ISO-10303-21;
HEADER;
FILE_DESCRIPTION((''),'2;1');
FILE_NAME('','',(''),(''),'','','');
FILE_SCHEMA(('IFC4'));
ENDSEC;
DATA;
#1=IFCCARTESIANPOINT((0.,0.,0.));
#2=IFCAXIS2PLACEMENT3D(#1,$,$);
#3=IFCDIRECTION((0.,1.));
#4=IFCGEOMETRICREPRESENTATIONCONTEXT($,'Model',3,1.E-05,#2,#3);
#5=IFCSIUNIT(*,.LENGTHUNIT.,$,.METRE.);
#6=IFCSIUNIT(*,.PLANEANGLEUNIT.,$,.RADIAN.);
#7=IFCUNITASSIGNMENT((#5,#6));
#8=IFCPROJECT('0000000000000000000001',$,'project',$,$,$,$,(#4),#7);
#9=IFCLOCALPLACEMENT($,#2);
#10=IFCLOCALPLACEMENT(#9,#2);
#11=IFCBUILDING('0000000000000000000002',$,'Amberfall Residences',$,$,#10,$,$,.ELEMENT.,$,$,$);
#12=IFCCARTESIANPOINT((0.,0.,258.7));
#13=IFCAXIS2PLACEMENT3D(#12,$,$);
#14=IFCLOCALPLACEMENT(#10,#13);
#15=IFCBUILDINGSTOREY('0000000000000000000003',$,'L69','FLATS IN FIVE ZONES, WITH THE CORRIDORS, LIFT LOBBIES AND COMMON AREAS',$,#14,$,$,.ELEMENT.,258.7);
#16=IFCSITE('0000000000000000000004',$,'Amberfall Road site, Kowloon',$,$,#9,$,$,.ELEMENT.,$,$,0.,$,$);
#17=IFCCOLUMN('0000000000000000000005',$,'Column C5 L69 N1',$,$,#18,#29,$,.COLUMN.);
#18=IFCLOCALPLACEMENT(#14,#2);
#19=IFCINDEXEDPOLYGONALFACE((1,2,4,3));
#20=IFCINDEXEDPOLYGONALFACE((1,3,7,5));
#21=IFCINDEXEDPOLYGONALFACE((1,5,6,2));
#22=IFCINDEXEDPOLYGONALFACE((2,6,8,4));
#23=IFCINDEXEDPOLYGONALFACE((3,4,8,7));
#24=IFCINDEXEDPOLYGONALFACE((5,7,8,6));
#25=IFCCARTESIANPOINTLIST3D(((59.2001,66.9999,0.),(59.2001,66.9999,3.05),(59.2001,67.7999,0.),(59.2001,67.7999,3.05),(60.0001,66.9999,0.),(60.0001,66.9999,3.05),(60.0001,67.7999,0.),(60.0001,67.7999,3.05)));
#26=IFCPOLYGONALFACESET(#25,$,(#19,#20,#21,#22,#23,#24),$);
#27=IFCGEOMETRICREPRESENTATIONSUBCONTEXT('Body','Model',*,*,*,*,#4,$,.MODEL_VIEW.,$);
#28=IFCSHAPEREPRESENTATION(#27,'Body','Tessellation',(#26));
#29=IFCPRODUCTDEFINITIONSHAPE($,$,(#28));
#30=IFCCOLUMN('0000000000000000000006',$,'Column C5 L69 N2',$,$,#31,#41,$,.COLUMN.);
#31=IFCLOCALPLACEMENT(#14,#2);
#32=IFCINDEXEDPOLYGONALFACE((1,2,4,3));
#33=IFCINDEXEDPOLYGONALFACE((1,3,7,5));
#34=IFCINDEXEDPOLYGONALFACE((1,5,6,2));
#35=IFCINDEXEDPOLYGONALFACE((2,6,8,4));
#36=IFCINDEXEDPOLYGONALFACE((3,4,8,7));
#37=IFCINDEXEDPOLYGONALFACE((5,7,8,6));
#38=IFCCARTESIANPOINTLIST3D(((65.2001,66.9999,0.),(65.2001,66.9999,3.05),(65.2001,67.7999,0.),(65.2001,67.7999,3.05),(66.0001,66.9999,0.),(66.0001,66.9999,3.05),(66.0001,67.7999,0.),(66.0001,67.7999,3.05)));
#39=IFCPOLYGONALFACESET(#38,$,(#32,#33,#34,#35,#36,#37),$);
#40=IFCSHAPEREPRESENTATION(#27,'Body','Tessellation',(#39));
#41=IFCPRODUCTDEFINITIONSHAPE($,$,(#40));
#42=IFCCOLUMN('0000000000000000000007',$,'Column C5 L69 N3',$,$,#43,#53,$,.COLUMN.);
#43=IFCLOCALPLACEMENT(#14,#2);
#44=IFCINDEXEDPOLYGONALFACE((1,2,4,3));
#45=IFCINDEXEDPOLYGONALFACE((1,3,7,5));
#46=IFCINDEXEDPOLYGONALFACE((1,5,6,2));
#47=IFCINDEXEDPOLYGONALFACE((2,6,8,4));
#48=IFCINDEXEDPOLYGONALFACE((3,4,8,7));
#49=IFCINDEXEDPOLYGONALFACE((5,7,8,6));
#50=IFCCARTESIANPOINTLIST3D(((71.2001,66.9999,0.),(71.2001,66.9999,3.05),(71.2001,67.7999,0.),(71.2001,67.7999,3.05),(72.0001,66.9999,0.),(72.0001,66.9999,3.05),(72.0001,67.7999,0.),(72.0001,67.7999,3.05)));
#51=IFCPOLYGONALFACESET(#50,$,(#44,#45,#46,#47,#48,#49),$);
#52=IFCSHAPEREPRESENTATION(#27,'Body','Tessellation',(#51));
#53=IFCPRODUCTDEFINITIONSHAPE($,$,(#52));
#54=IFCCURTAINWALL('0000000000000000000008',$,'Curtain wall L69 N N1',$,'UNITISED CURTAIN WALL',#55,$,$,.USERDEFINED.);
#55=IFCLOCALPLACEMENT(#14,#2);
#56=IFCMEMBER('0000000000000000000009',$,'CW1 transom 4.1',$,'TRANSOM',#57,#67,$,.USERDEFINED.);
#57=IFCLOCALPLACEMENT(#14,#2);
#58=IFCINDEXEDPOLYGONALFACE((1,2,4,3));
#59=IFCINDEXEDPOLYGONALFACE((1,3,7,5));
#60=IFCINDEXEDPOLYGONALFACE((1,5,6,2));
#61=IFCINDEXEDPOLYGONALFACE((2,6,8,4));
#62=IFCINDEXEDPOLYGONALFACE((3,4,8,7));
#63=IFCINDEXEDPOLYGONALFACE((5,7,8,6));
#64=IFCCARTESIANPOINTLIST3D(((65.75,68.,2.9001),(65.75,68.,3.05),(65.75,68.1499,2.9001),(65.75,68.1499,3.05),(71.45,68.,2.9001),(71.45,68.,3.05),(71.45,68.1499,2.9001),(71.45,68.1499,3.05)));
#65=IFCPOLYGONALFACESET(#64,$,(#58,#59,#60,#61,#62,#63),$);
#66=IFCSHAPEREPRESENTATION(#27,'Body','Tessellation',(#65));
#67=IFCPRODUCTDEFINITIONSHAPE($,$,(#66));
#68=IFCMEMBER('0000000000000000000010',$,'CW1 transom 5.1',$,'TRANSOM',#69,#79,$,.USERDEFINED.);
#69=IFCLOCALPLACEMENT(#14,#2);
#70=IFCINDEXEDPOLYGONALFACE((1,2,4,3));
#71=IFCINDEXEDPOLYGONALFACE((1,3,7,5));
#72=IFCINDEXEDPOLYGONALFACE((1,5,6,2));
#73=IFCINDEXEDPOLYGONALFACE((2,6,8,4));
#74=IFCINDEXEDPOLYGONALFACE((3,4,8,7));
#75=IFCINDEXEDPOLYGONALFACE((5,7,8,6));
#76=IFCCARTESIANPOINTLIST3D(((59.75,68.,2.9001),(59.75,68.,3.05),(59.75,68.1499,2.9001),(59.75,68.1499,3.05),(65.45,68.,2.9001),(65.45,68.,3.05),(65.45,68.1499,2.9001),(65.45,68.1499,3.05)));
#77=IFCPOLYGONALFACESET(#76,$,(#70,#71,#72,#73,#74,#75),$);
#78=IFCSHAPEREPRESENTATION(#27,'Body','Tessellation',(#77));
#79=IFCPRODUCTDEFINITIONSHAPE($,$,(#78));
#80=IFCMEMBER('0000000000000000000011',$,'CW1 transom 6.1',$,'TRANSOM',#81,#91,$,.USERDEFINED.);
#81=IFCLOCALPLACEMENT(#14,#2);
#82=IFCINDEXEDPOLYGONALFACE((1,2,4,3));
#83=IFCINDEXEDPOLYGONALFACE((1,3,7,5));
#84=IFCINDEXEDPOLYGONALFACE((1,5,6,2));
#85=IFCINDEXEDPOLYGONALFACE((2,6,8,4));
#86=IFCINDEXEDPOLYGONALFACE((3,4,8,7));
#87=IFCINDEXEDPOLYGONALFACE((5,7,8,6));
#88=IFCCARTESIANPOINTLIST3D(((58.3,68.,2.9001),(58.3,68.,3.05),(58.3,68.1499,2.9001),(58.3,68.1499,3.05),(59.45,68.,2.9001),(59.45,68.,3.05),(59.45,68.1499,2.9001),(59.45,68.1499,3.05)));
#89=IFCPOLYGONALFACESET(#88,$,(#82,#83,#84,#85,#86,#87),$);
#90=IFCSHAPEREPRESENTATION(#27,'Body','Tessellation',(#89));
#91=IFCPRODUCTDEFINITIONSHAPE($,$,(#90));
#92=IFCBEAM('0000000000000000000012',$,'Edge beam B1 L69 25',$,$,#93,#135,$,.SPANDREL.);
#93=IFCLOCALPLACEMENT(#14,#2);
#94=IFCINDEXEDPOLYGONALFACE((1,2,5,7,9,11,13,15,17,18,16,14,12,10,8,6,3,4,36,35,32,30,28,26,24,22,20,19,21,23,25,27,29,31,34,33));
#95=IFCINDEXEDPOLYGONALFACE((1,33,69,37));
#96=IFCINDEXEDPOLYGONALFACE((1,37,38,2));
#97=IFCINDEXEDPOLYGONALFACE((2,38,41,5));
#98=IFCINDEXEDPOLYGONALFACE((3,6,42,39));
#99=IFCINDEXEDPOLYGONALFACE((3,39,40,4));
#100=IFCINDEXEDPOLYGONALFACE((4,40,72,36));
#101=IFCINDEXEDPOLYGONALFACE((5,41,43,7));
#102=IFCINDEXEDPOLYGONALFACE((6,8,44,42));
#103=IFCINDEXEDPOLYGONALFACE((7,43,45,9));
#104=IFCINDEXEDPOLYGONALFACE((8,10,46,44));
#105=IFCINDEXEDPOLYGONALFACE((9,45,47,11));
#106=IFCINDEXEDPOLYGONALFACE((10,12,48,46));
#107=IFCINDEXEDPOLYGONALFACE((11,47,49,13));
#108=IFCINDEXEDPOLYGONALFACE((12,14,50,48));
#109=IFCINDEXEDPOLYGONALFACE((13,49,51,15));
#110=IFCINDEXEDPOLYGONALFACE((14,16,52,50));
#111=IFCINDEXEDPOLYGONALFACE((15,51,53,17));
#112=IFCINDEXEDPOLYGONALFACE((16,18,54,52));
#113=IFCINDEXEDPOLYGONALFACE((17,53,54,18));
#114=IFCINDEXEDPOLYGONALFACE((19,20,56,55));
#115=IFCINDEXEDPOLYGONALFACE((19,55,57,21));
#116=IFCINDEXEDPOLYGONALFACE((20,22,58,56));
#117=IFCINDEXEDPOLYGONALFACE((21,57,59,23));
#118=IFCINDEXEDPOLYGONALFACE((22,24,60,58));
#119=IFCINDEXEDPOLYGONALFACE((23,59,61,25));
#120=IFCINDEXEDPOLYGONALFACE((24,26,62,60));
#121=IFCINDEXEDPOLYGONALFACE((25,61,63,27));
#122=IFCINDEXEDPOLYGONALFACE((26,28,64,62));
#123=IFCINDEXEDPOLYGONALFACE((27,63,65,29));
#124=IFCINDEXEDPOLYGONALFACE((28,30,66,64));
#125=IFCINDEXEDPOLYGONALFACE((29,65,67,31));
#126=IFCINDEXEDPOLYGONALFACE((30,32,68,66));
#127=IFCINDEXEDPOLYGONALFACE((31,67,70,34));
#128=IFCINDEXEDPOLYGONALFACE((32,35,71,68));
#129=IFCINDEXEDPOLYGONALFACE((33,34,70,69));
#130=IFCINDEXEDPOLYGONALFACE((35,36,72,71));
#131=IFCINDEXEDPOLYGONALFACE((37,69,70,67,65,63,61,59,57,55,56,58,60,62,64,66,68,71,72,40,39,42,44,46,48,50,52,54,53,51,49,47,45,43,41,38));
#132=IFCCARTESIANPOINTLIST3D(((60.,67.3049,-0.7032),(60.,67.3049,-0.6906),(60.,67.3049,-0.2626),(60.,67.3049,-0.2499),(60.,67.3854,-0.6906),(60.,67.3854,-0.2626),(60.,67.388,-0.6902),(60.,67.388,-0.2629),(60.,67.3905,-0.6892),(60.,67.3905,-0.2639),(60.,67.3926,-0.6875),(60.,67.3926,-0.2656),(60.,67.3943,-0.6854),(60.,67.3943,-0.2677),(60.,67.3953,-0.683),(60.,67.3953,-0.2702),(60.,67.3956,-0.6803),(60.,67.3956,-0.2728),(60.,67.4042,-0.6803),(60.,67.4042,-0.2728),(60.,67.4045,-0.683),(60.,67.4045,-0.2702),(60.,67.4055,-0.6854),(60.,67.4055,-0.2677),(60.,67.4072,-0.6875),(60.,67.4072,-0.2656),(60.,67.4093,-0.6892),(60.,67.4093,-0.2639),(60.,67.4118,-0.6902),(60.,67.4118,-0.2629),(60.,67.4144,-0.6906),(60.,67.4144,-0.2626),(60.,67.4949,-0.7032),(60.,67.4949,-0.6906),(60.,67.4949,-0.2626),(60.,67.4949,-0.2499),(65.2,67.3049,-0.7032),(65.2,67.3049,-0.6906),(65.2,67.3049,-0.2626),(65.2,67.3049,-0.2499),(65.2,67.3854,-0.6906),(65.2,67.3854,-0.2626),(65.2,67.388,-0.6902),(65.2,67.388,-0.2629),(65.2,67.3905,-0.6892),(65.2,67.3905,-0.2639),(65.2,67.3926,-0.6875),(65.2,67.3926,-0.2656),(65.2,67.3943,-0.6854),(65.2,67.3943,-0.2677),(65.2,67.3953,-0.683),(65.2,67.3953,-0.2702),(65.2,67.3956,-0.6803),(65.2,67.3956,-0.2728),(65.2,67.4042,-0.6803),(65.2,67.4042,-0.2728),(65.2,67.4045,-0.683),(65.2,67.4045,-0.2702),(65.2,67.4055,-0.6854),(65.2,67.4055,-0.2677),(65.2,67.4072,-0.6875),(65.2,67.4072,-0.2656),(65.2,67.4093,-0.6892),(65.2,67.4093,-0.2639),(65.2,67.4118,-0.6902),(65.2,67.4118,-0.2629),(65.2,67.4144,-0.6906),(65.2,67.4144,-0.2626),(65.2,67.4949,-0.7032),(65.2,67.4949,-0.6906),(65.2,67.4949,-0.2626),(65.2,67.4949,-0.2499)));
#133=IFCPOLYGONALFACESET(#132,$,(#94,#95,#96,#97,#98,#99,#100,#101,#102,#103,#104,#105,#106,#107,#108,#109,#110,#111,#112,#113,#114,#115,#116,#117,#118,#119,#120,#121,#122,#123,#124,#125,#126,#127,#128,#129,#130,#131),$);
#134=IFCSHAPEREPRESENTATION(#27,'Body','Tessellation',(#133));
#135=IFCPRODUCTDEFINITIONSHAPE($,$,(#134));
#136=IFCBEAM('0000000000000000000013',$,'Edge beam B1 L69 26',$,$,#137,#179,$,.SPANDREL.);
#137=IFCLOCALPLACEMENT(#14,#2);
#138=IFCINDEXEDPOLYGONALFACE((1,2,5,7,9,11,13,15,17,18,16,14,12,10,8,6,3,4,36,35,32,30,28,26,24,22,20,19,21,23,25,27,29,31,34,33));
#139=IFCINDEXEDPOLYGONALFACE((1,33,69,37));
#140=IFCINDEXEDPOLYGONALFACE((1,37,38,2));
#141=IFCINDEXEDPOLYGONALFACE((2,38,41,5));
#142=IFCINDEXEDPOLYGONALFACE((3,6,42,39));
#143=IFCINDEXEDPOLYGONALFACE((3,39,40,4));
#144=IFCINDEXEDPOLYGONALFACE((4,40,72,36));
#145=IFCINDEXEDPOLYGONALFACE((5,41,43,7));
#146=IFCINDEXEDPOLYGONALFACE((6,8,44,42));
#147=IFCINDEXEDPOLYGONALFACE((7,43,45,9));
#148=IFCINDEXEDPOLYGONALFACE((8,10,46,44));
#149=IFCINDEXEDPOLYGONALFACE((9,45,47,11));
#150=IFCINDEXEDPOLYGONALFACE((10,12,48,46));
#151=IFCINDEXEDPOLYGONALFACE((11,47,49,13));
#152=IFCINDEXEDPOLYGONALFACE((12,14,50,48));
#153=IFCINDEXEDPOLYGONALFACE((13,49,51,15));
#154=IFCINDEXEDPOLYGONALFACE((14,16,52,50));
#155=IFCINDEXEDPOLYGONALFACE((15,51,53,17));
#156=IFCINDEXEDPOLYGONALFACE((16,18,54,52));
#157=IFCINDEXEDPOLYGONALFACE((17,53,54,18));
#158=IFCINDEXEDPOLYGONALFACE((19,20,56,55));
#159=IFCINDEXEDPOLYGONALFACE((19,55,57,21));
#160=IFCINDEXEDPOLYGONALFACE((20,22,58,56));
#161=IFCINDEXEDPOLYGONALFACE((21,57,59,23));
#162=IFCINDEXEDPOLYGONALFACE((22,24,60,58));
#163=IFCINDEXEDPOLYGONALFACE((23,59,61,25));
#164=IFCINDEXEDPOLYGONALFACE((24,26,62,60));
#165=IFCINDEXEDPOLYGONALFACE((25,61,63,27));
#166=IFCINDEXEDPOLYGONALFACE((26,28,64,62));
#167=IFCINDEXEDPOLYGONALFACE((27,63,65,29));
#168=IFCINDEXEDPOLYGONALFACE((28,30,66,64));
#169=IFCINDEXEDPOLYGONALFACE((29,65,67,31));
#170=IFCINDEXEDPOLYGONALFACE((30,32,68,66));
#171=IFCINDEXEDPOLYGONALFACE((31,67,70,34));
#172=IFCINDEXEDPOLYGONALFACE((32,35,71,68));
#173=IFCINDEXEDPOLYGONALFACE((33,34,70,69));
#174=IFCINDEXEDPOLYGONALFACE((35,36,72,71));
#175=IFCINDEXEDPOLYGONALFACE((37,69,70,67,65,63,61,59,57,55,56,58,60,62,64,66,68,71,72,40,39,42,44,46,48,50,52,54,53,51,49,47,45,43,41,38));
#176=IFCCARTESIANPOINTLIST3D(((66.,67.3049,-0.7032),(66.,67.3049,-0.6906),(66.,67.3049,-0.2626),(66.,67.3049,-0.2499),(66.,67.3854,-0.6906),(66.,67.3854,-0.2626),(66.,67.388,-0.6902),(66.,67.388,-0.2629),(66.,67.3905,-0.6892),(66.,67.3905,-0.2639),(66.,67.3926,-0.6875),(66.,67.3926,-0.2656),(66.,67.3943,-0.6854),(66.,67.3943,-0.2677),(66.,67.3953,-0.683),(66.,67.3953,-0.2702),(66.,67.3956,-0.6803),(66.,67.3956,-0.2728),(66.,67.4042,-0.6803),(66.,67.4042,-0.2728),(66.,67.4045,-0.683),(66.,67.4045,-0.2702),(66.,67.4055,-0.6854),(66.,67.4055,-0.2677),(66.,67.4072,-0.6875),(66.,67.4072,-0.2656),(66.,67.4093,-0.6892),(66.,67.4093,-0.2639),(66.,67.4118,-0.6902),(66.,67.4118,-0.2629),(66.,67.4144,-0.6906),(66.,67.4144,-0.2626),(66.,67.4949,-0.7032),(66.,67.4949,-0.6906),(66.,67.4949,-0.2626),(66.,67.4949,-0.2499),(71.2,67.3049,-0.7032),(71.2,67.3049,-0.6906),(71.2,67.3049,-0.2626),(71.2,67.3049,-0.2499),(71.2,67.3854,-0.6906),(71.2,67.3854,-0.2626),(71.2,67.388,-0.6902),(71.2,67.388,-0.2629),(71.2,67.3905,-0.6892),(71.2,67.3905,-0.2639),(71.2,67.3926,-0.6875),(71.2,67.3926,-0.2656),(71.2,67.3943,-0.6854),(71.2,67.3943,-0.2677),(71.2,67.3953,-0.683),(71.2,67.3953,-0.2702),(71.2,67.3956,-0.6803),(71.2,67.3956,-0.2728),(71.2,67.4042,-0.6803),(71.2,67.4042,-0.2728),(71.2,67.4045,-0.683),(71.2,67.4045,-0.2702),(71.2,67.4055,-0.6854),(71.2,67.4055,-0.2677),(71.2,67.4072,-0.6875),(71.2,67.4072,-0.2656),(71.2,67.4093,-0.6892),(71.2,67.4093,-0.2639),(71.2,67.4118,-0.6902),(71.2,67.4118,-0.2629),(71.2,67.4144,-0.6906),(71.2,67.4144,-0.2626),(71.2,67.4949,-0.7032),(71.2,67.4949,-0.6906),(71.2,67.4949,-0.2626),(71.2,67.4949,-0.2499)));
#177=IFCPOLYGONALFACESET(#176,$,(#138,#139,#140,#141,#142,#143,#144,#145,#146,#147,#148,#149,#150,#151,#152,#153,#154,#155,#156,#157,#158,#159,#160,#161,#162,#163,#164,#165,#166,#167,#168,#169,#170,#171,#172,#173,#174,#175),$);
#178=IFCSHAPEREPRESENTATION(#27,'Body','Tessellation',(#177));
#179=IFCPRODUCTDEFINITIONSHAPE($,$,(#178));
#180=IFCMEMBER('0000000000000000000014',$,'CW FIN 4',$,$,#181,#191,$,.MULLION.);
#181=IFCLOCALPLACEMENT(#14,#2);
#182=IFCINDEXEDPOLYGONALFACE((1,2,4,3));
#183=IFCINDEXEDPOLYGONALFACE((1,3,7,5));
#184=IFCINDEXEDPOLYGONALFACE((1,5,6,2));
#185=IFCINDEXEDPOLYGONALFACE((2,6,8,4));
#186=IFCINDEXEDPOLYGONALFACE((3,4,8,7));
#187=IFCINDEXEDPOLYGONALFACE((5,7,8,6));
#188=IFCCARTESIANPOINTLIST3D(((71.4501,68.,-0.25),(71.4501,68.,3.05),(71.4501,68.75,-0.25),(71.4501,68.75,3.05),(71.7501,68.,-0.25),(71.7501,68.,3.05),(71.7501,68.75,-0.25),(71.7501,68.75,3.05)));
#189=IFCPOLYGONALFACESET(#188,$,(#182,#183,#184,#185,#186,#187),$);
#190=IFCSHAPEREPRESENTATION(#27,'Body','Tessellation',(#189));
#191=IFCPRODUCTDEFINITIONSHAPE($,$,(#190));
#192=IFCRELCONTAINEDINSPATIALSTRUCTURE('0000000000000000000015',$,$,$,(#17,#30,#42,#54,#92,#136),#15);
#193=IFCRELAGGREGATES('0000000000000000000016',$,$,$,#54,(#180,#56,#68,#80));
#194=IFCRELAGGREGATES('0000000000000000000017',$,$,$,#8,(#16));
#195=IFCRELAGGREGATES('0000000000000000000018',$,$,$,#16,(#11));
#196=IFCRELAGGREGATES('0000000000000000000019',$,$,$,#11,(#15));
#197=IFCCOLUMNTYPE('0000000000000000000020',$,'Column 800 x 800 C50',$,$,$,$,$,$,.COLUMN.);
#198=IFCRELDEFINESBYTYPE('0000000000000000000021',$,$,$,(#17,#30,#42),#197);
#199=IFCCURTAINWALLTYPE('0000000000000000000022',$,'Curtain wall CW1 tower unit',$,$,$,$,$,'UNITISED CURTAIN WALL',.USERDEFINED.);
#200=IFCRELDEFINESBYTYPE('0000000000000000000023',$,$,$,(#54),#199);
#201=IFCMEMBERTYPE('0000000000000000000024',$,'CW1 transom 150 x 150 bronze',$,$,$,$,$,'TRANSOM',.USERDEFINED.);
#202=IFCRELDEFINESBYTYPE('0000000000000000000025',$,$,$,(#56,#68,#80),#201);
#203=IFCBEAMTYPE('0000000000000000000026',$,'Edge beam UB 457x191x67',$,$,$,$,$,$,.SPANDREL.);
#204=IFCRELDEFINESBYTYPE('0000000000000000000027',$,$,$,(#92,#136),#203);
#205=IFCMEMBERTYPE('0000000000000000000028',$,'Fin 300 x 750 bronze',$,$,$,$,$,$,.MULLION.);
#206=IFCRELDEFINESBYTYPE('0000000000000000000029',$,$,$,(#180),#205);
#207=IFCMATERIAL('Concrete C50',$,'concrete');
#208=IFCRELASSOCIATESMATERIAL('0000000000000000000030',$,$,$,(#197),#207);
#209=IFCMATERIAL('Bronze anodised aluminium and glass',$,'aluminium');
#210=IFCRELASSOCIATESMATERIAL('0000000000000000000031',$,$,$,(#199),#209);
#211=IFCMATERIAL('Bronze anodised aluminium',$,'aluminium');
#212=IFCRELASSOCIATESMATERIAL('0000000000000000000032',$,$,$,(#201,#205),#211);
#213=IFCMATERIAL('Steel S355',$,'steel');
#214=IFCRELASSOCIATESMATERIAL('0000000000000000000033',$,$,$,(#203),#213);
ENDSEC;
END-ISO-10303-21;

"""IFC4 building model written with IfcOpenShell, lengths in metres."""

from ifc_helpers import new_model, si_unit, direction, frame, origin, origin_2d, place, context, subcontext, project, spatial, rectangle, i_section, extrude, material, material_profile, profile_set, type_object, element, aggregate, save


model = new_model("IFC4")

# Units and contexts
model_context = context("Model", 3, precision=1e-05, world=origin(), true_north=direction((0.0, 1.0)))
body_context = subcontext(model_context, "Body", "Model", "MODEL_VIEW")
ifc_project = project(units=[si_unit("LENGTHUNIT", "METRE"), si_unit("PLANEANGLEUNIT", "RADIAN")], contexts=[model_context])

# Site, building, storey
site_placement = place(None, origin())
site = spatial("IfcSite", under=ifc_project, at=site_placement, Name="Amberfall Road site, Kowloon", CompositionType="ELEMENT", RefElevation=0.0)
building_placement = place(site_placement, origin())
building = spatial("IfcBuilding", under=site, at=building_placement, Name="Amberfall Residences", CompositionType="ELEMENT")
storey_placement = place(building_placement, frame((0.0, 0.0, 258.7)))
storey = spatial("IfcBuildingStorey", under=building, at=storey_placement, Name="L69", Description="FLATS IN FIVE ZONES, WITH THE CORRIDORS, LIFT LOBBIES AND COMMON AREAS", CompositionType="ELEMENT", Elevation=258.7)

# Columns
ifc_material_1 = material(Name="Concrete C50", Category="concrete")
ifc_material_profile_1 = material_profile(ifc_material_1, rectangle(XDim=0.8, YDim=0.8, at=origin_2d()), Name="Column 800 x 800 C50")
ifc_profile_set_1 = profile_set([ifc_material_profile_1], Name="Concrete C50")
column_type = type_object("IfcColumnType", Name="Column 800 x 800 C50", PredefinedType="COLUMN", material=ifc_profile_set_1)
for number, where, z_axis, x_axis, name in (
    (1, (59.6001, 67.3999, 0.0), (0.0, 0.0, 1.0), (1.0, 0.0, 0.0), "Column C5 L69 N1"),
    (2, (65.6001, 67.3999, 0.0), (0.0, 0.0, 1.0), (1.0, 0.0, 0.0), "Column C5 L69 N2"),
    (3, (71.6001, 67.3999, 0.0), (0.0, 0.0, 1.0), (1.0, 0.0, 0.0), "Column C5 L69 N3"),
):
    element("IfcColumn", number, at=place(storey_placement, frame(where, z_axis=z_axis, x_axis=x_axis)), inside=storey, type_object=column_type, Name=name, PredefinedType="COLUMN", context=body_context, shape_type="SweptSolid", body=[
        extrude(rectangle(XDim=0.8, YDim=0.8, at=origin_2d()), origin(), (0.0, 0.0, 1.0), 3.05),
    ])

# Curtain wall, members
ifc_material_2 = material(Name="Bronze anodised aluminium and glass", Category="aluminium")
curtain_wall_type = type_object("IfcCurtainWallType", Name="Curtain wall CW1 tower unit", ElementType="UNITISED CURTAIN WALL", PredefinedType="USERDEFINED", material=ifc_material_2)
curtain_wall_placement = place(storey_placement, origin())
curtain_wall = element("IfcCurtainWall", 4, at=curtain_wall_placement, inside=storey, type_object=curtain_wall_type, Name="Curtain wall L69 N N1", ObjectType="UNITISED CURTAIN WALL", PredefinedType="USERDEFINED")
ifc_material_3 = material(Name="Bronze anodised aluminium", Category="aluminium")
ifc_material_profile_2 = material_profile(ifc_material_3, rectangle(XDim=0.1499, YDim=0.1499, at=origin_2d()), Name="CW1 transom 150 x 150 bronze")
ifc_profile_set_2 = profile_set([ifc_material_profile_2], Name="Bronze anodised aluminium")
member_type_1 = type_object("IfcMemberType", Name="CW1 transom 150 x 150 bronze", ElementType="TRANSOM", PredefinedType="USERDEFINED", material=ifc_profile_set_2)
member_1_placement = place(storey_placement, frame((71.45, 68.075, 2.9751), z_axis=(-1.0, 0.0, 0.0), x_axis=(0.0, -1.0, 0.0)))
member_1 = element("IfcMember", 5, at=member_1_placement, type_object=member_type_1, Name="CW1 transom 4.1", ObjectType="TRANSOM", PredefinedType="USERDEFINED", context=body_context, shape_type="SweptSolid", body=[
    extrude(rectangle(XDim=0.1499, YDim=0.1499, at=origin_2d()), origin(), (0.0, 0.0, 1.0), 5.7),
])
member_2_placement = place(storey_placement, frame((65.45, 68.075, 2.9751), z_axis=(-1.0, 0.0, 0.0), x_axis=(0.0, -1.0, 0.0)))
member_2 = element("IfcMember", 6, at=member_2_placement, type_object=member_type_1, Name="CW1 transom 5.1", ObjectType="TRANSOM", PredefinedType="USERDEFINED", context=body_context, shape_type="SweptSolid", body=[
    extrude(rectangle(XDim=0.1499, YDim=0.1499, at=origin_2d()), origin(), (0.0, 0.0, 1.0), 5.7),
])
member_3_placement = place(storey_placement, frame((59.45, 68.075, 2.9751), z_axis=(-1.0, 0.0, 0.0), x_axis=(0.0, -1.0, 0.0)))
member_3 = element("IfcMember", 7, at=member_3_placement, type_object=member_type_1, Name="CW1 transom 6.1", ObjectType="TRANSOM", PredefinedType="USERDEFINED", context=body_context, shape_type="SweptSolid", body=[
    extrude(rectangle(XDim=0.1499, YDim=0.1499, at=origin_2d()), origin(), (0.0, 0.0, 1.0), 1.1499),
])

# Beams
ifc_material_4 = material(Name="Steel S355", Category="steel")
ifc_material_profile_3 = material_profile(ifc_material_4, i_section(OverallWidth=0.1899, OverallDepth=0.4534, WebThickness=0.0085, FlangeThickness=0.0127, FilletRadius=0.0103, at=origin_2d()), Name="UB 457x191x67")
ifc_profile_set_3 = profile_set([ifc_material_profile_3], Name="Steel S355")
beam_type_1 = type_object("IfcBeamType", Name="Edge beam UB 457x191x67", PredefinedType="SPANDREL", material=ifc_profile_set_3)
for number, where, z_axis, x_axis, name in (
    (8, (60.0, 67.3999, -0.4766), (1.0, 0.0, 0.0), (0.0, 1.0, 0.0), "Edge beam B1 L69 25"),
    (9, (66.0, 67.3999, -0.4766), (1.0, 0.0, 0.0), (0.0, 1.0, 0.0), "Edge beam B1 L69 26"),
):
    element("IfcBeam", number, at=place(storey_placement, frame(where, z_axis=z_axis, x_axis=x_axis)), inside=storey, type_object=beam_type_1, Name=name, PredefinedType="SPANDREL", context=body_context, shape_type="SweptSolid", body=[
        extrude(i_section(OverallWidth=0.1899, OverallDepth=0.4534, WebThickness=0.0085, FlangeThickness=0.0127, FilletRadius=0.0103, at=origin_2d()), origin(), (0.0, 0.0, 1.0), 5.2),
    ])

# Member
ifc_material_profile_4 = material_profile(ifc_material_3, rectangle(XDim=0.75, YDim=0.3, at=origin_2d()), Name="Fin 300 x 750 bronze")
ifc_profile_set_4 = profile_set([ifc_material_profile_4], Name="Bronze anodised aluminium")
member_type_2 = type_object("IfcMemberType", Name="Fin 300 x 750 bronze", PredefinedType="MULLION", material=ifc_profile_set_4)
member_4_placement = place(storey_placement, frame((71.6001, 68.375, -0.25), z_axis=(0.0, 0.0, 1.0), x_axis=(0.0, -1.0, 0.0)))
member_4 = element("IfcMember", 10, at=member_4_placement, type_object=member_type_2, Name="CW FIN 4", PredefinedType="MULLION", context=body_context, shape_type="SweptSolid", body=[
    extrude(rectangle(XDim=0.75, YDim=0.3, at=origin_2d()), origin(), (0.0, 0.0, 1.0), 3.3),
])

aggregate(curtain_wall, [member_4, member_1, member_2, member_3])

save(model, "model.ifc")
